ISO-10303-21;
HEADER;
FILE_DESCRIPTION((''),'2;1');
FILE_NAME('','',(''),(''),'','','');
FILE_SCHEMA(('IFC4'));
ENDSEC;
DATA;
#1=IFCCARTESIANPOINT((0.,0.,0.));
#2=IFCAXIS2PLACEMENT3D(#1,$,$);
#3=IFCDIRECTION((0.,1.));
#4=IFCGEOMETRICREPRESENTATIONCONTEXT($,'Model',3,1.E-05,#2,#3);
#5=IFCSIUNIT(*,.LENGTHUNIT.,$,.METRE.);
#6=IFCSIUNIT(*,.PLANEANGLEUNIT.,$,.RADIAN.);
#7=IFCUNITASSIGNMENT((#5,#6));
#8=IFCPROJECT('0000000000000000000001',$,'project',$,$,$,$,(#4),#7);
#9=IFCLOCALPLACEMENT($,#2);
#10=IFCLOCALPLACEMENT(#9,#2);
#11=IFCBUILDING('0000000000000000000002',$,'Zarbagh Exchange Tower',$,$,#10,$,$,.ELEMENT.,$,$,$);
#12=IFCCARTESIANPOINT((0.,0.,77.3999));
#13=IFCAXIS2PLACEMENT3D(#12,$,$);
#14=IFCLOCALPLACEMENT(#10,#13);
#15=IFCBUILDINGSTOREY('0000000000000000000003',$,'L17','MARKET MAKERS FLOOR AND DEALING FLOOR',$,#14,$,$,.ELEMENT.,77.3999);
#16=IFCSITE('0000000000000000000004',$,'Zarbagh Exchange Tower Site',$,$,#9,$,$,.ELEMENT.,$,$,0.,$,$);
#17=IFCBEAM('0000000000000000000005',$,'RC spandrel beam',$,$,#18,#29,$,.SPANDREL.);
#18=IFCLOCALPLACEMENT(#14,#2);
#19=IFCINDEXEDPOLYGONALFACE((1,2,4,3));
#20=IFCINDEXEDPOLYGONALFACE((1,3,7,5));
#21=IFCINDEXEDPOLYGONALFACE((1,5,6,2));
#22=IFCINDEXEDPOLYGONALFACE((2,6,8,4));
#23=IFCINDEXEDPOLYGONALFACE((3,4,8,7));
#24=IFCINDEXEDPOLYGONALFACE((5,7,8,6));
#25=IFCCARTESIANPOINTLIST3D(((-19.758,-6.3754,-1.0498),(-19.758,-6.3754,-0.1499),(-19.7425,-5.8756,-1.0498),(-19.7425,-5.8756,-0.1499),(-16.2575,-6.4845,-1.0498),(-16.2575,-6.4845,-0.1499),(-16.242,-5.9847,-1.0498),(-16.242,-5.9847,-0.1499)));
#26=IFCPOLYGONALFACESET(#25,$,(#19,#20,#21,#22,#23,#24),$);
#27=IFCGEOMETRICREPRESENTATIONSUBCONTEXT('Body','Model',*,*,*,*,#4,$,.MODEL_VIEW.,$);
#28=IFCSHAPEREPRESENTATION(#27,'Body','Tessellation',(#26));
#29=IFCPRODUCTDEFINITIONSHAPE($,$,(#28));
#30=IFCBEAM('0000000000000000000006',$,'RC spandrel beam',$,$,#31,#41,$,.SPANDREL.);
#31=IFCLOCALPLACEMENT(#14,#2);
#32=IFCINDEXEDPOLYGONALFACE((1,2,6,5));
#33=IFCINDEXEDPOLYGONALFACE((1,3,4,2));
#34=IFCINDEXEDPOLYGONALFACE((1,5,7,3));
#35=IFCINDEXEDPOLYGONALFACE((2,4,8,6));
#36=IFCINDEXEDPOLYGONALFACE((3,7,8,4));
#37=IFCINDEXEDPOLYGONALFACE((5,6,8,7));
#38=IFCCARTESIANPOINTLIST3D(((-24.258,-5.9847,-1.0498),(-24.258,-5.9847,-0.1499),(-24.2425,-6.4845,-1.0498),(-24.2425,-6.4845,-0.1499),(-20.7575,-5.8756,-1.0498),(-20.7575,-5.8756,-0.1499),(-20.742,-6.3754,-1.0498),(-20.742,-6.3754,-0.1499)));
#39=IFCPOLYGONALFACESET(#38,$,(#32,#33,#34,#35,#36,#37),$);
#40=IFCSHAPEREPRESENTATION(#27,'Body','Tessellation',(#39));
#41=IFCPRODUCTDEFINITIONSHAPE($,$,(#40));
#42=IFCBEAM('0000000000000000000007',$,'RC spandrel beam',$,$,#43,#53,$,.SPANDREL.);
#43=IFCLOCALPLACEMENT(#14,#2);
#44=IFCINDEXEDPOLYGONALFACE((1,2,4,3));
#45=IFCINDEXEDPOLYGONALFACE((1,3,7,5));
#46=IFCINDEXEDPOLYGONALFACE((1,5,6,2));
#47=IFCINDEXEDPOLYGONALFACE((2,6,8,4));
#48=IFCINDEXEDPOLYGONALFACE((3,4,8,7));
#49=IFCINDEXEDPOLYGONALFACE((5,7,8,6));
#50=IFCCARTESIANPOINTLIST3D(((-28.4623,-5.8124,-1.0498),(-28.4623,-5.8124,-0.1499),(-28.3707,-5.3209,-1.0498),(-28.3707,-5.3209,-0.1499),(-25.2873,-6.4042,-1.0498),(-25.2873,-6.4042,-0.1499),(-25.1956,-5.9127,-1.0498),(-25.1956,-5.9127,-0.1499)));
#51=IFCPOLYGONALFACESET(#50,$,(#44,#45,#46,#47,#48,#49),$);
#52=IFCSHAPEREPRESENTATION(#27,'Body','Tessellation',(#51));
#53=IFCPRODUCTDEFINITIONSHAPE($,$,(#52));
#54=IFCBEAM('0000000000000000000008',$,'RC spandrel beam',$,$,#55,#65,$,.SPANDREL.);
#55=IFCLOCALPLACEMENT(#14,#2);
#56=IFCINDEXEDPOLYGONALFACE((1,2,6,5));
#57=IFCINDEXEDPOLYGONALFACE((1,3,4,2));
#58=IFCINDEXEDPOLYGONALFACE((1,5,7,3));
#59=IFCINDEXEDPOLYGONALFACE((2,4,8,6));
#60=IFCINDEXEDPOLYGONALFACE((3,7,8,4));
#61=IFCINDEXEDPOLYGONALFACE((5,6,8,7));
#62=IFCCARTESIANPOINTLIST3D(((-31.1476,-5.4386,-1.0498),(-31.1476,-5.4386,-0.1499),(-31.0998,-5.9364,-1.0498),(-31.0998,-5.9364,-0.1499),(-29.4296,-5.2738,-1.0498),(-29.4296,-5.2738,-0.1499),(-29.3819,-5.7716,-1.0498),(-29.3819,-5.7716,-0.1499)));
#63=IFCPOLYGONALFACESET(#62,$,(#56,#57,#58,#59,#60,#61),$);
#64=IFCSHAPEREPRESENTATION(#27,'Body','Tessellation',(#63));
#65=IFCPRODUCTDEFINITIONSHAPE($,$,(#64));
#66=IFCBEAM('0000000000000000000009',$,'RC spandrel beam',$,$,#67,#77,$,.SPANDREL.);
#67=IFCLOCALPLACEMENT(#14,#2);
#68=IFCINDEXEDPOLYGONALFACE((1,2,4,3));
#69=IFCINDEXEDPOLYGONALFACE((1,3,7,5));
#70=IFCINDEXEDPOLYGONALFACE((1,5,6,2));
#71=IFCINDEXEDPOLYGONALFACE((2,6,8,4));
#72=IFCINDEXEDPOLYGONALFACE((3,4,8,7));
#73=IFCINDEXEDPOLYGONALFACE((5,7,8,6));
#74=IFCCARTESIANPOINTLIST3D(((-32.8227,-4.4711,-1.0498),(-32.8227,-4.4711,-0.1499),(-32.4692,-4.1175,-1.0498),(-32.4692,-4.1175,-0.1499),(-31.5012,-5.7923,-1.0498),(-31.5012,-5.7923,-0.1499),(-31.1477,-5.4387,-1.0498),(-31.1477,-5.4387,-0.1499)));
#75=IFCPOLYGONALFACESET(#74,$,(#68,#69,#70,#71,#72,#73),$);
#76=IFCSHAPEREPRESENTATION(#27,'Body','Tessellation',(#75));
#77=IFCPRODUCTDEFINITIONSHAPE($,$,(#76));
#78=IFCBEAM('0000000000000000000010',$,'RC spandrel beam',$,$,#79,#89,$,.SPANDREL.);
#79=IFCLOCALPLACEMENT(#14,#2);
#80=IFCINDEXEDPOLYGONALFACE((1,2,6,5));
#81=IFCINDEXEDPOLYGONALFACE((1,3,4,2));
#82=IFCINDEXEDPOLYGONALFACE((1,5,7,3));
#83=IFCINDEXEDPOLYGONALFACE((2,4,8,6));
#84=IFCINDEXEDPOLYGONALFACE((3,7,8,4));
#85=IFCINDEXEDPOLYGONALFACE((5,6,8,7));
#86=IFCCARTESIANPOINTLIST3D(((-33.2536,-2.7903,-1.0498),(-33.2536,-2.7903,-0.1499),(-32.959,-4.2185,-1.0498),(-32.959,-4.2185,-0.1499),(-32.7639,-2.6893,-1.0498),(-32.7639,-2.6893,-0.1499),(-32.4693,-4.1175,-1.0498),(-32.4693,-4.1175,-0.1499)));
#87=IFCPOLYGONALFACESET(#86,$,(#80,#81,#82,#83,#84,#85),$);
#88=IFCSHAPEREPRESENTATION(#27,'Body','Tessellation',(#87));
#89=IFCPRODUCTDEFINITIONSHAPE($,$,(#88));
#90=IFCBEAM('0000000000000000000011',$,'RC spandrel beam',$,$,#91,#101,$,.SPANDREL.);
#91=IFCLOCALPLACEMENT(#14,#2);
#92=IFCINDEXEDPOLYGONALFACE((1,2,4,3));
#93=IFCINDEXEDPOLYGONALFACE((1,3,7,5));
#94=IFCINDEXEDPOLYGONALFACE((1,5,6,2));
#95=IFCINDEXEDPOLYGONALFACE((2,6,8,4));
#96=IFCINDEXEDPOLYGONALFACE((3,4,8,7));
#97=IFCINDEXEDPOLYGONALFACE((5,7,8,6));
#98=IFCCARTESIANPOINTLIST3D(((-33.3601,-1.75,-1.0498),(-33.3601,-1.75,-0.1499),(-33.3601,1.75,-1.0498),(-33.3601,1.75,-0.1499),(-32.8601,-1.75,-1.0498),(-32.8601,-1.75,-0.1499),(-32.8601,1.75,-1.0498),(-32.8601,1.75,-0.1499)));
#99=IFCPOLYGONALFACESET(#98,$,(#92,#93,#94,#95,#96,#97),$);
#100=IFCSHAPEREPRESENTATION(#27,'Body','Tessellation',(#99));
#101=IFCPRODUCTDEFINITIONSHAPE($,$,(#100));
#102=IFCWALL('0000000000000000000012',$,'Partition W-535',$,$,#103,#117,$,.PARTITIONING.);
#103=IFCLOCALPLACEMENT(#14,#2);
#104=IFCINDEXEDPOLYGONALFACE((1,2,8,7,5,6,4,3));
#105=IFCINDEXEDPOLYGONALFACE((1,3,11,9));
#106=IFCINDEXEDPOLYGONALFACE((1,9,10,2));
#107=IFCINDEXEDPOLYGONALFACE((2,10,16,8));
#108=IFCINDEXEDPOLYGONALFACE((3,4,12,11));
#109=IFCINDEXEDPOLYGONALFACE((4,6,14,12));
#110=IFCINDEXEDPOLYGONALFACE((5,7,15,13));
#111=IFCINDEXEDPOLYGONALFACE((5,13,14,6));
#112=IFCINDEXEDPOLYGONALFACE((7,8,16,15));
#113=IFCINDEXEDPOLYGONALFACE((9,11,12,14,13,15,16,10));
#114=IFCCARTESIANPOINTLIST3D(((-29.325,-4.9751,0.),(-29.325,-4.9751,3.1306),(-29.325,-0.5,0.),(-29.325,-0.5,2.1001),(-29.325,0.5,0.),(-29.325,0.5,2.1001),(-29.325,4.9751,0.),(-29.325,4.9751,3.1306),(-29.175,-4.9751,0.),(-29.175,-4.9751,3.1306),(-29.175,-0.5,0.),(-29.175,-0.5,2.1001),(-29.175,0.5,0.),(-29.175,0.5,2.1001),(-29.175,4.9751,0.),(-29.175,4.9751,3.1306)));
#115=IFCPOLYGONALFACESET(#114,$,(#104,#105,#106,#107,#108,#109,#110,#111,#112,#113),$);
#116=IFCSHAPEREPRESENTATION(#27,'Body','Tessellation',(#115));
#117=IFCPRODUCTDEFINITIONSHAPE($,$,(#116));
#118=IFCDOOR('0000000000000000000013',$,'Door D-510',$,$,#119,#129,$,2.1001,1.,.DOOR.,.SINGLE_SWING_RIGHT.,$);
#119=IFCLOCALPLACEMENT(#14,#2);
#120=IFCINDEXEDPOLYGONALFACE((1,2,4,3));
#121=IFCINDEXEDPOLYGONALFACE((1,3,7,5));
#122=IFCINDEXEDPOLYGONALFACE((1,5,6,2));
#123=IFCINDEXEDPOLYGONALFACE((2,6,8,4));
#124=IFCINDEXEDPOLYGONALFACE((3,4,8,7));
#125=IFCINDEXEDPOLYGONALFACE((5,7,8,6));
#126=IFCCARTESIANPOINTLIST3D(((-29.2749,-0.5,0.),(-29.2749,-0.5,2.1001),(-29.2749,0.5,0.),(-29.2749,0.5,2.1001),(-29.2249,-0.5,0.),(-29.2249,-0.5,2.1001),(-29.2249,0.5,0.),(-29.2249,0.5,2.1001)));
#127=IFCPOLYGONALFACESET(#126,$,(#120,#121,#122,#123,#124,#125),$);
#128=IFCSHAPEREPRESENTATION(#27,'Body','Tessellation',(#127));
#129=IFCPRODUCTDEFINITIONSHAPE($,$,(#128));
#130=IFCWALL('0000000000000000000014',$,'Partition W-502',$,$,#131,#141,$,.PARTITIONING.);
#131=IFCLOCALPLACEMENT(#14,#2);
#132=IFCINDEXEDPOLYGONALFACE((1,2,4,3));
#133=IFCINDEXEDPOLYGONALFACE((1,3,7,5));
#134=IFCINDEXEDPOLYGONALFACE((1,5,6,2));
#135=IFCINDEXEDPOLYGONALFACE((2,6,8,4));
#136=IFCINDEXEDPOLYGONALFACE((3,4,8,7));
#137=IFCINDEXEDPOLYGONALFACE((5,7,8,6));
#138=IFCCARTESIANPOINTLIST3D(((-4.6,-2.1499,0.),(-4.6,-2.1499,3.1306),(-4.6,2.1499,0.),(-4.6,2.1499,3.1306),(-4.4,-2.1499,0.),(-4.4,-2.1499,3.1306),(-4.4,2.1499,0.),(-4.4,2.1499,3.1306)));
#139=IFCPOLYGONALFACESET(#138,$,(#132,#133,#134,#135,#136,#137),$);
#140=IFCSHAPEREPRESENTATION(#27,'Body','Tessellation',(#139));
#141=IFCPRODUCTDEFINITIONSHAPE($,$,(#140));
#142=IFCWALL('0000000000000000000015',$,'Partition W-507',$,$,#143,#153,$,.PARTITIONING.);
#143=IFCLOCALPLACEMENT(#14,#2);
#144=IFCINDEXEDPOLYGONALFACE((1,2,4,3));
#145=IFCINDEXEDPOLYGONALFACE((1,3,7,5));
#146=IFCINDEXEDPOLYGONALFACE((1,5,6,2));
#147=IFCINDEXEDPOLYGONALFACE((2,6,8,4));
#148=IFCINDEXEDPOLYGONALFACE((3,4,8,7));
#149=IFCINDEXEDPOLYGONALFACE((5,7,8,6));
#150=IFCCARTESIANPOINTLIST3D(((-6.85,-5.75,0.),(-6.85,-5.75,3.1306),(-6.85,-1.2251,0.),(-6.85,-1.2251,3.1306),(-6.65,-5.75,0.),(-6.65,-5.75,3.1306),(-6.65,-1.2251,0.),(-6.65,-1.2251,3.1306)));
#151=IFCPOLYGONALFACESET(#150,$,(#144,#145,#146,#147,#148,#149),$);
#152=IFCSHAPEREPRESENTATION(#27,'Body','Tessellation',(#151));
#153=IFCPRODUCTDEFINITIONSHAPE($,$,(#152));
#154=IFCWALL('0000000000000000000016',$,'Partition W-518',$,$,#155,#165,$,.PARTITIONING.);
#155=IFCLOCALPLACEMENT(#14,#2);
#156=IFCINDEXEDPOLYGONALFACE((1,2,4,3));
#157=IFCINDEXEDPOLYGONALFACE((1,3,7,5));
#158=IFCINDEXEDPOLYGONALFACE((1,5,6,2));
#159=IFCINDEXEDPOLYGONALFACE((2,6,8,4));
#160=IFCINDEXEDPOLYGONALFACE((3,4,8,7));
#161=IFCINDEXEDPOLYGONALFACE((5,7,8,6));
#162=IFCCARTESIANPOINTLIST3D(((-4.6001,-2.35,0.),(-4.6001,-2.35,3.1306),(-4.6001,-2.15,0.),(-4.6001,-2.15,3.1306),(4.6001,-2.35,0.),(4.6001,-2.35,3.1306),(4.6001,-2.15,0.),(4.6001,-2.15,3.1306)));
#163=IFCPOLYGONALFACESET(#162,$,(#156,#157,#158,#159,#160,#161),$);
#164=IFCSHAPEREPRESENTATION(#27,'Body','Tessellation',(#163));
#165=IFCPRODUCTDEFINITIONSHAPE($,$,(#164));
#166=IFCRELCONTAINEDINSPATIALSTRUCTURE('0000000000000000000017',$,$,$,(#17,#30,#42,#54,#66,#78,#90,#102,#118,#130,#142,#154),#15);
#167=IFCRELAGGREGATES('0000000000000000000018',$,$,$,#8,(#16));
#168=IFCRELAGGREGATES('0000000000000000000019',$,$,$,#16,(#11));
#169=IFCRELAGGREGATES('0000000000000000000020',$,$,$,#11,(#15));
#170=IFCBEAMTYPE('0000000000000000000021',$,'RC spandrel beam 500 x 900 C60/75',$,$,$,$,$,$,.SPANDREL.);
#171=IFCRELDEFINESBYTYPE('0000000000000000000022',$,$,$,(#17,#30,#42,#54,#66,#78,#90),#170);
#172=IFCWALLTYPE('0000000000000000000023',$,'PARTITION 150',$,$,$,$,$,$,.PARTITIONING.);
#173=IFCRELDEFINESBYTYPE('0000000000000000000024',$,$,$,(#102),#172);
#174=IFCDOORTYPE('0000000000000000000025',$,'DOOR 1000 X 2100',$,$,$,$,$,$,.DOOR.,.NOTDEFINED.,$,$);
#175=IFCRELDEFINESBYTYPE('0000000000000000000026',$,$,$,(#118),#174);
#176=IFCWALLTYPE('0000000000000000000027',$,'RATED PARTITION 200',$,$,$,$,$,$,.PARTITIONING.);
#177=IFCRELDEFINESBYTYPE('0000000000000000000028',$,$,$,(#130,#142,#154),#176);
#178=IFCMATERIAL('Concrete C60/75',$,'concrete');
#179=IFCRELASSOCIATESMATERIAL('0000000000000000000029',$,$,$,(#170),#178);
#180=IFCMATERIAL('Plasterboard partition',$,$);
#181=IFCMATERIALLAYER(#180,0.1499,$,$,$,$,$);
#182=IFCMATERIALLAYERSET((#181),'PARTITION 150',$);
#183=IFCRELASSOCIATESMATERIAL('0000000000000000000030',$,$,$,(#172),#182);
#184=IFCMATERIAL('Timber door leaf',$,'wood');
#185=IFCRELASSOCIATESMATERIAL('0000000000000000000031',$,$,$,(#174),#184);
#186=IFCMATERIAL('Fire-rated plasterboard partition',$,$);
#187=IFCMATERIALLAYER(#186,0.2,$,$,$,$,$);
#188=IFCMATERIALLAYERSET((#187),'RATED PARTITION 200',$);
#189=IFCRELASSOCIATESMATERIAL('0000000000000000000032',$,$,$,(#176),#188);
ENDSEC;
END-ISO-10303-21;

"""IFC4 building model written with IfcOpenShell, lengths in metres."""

from ifc_helpers import new_model, si_unit, direction, frame, frame_2d, origin, origin_2d, place, context, subcontext, project, spatial, rectangle, extrude, material, layer, layer_set, material_profile, profile_set, type_object, element, fill, save


model = new_model("IFC4")

# Units and contexts
model_context = context("Model", 3, precision=1e-05, world=origin(), true_north=direction((0.0, 1.0)))
body_context = subcontext(model_context, "Body", "Model", "MODEL_VIEW")
ifc_project = project(units=[si_unit("LENGTHUNIT", "METRE"), si_unit("PLANEANGLEUNIT", "RADIAN")], contexts=[model_context])

# Site, building, storey
site_placement = place(None, origin())
site = spatial("IfcSite", under=ifc_project, at=site_placement, Name="Zarbagh Exchange Tower Site", CompositionType="ELEMENT", RefElevation=0.0)
building_placement = place(site_placement, origin())
building = spatial("IfcBuilding", under=site, at=building_placement, Name="Zarbagh Exchange Tower", CompositionType="ELEMENT")
storey_placement = place(building_placement, frame((0.0, 0.0, 77.3999)))
storey = spatial("IfcBuildingStorey", under=building, at=storey_placement, Name="L17", Description="MARKET MAKERS FLOOR AND DEALING FLOOR", CompositionType="ELEMENT", Elevation=77.3999)

# Shared definitions
ifc_material_1 = material(Name="Concrete C60/75", Category="concrete")

# Beams
ifc_material_profile_1 = material_profile(ifc_material_1, rectangle(XDim=0.5, YDim=0.8999, at=origin_2d()), Name="RC spandrel beam 500 x 900 C60/75")
ifc_profile_set_1 = profile_set([ifc_material_profile_1], Name="Concrete C60/75")
beam_type_1 = type_object("IfcBeamType", Name="RC spandrel beam 500 x 900 C60/75", PredefinedType="SPANDREL", material=ifc_profile_set_1)
for number, where, z_axis, x_axis, name in (
    (1, (-16.2498, -6.2346, -0.5999), (-0.999514, 0.031161, 0.0), (-0.031161, -0.999514, 0.0), "RC spandrel beam"),
    (2, (-20.7498, -6.1255, -0.5999), (-0.999514, -0.031161, 0.0), (0.031161, -0.999514, 0.0), "RC spandrel beam"),
):
    element("IfcBeam", number, at=place(storey_placement, frame(where, z_axis=z_axis, x_axis=x_axis)), inside=storey, type_object=beam_type_1, Name=name, PredefinedType="SPANDREL", context=body_context, shape_type="SweptSolid", body=[
        extrude(rectangle(XDim=0.5, YDim=0.8999, at=origin_2d()), origin(), (0.0, 0.0, 1.0), 3.5022),
    ])
beam_1_placement = place(storey_placement, frame((-25.2415, -6.1584, -0.5999), z_axis=(-0.983069, 0.183234, 0.0), x_axis=(-0.183234, -0.983069, 0.0)))
element("IfcBeam", 3, at=beam_1_placement, inside=storey, type_object=beam_type_1, Name="RC spandrel beam", PredefinedType="SPANDREL", context=body_context, shape_type="SweptSolid", body=[
    extrude(rectangle(XDim=0.5, YDim=0.8999, at=origin_2d()), origin(), (0.0, 0.0, 1.0), 3.2297),
])
beam_2_placement = place(storey_placement, frame((-29.4058, -5.5227, -0.5999), z_axis=(-0.995431, -0.095483, 0.0), x_axis=(0.095483, -0.995431, 0.0)))
element("IfcBeam", 4, at=beam_2_placement, inside=storey, type_object=beam_type_1, Name="RC spandrel beam", PredefinedType="SPANDREL", context=body_context, shape_type="SweptSolid", body=[
    extrude(rectangle(XDim=0.5, YDim=0.8999, at=origin_2d()), origin(), (0.0, 0.0, 1.0), 1.7258),
])
beam_3_placement = place(storey_placement, frame((-31.3245, -5.6155, -0.5999), z_axis=(-0.707172, 0.707041, 0.0), x_axis=(-0.707041, -0.707172, 0.0)))
element("IfcBeam", 5, at=beam_3_placement, inside=storey, type_object=beam_type_1, Name="RC spandrel beam", PredefinedType="SPANDREL", context=body_context, shape_type="SweptSolid", body=[
    extrude(rectangle(XDim=0.5, YDim=0.8999, at=origin_2d()), origin(), (0.0, 0.0, 1.0), 1.8687),
])
beam_4_placement = place(storey_placement, frame((-32.7141, -4.168, -0.5999), z_axis=(-0.202069, 0.979371, 0.0), x_axis=(-0.979371, -0.202069, 0.0)))
element("IfcBeam", 6, at=beam_4_placement, inside=storey, type_object=beam_type_1, Name="RC spandrel beam", PredefinedType="SPANDREL", context=body_context, shape_type="SweptSolid", body=[
    extrude(rectangle(XDim=0.5, YDim=0.8999, at=origin_2d()), origin(), (0.0, 0.0, 1.0), 1.4583),
])
beam_5_placement = place(storey_placement, frame((-33.1101, -1.75, -0.5999), z_axis=(0.0, 1.0, 0.0), x_axis=(-1.0, 0.0, 0.0)))
element("IfcBeam", 7, at=beam_5_placement, inside=storey, type_object=beam_type_1, Name="RC spandrel beam", PredefinedType="SPANDREL", context=body_context, shape_type="SweptSolid", body=[
    extrude(rectangle(XDim=0.5, YDim=0.8999, at=origin_2d()), origin(), (0.0, 0.0, 1.0), 3.5),
])

# Wall, opening, door
ifc_material_2 = material(Name="Plasterboard partition")
ifc_layer_1 = layer(ifc_material_2, 0.1499)
ifc_layer_set_1 = layer_set([ifc_layer_1], Name="PARTITION 150")
wall_type_1 = type_object("IfcWallType", Name="PARTITION 150", PredefinedType="PARTITIONING", material=ifc_layer_set_1)
wall_1_placement = place(storey_placement, frame((-29.25, -4.9751, 0.0), z_axis=(0.0, 0.0, 1.0), x_axis=(0.0, 1.0, 0.0)))
wall_1 = element("IfcWall", 8, at=wall_1_placement, inside=storey, type_object=wall_type_1, Name="Partition W-535", PredefinedType="PARTITIONING", context=body_context, shape_type="SweptSolid", body=[
    extrude(rectangle(XDim=9.9502, YDim=0.1499, at=frame_2d((4.9751, 0.0))), origin(), (0.0, 0.0, 1.0), 3.1306),
])
opening_1_placement = place(wall_1_placement, frame((4.4751, 0.0, 0.0)))
opening_1 = element("IfcOpeningElement", 9, at=opening_1_placement, cuts=wall_1, PredefinedType="OPENING", context=body_context, shape_type="SweptSolid", body=[
    extrude(rectangle(XDim=1.0, YDim=2.1001, at=frame_2d((0.5, 1.05))), frame((0.0, 0.085, 0.0), z_axis=(0.0, -1.0, 0.0), x_axis=(1.0, 0.0, 0.0)), (0.0, 0.0, 1.0), 0.1699),
])
ifc_material_3 = material(Name="Timber door leaf", Category="wood")
door_type_1 = type_object("IfcDoorType", Name="DOOR 1000 X 2100", OperationType="NOTDEFINED", PredefinedType="DOOR", material=ifc_material_3)
door_1_placement = place(opening_1_placement, origin())
door_1 = element("IfcDoor", 10, at=door_1_placement, inside=storey, type_object=door_type_1, Name="Door D-510", OperationType="SINGLE_SWING_RIGHT", OverallHeight=2.1001, OverallWidth=1.0, PredefinedType="DOOR", context=body_context, shape_type="SweptSolid", body=[
    extrude(rectangle(XDim=1.0, YDim=2.1001, at=frame_2d((0.5, 1.05))), frame((0.0, 0.0249, 0.0), z_axis=(0.0, -1.0, 0.0), x_axis=(1.0, 0.0, 0.0)), (0.0, 0.0, 1.0), 0.05),
])
fill(opening_1, door_1)

# Walls
ifc_material_4 = material(Name="Fire-rated plasterboard partition")
ifc_layer_2 = layer(ifc_material_4, 0.2)
ifc_layer_set_2 = layer_set([ifc_layer_2], Name="RATED PARTITION 200")
wall_type_2 = type_object("IfcWallType", Name="RATED PARTITION 200", PredefinedType="PARTITIONING", material=ifc_layer_set_2)
wall_2_placement = place(storey_placement, frame((-4.5, -2.1499, 0.0), z_axis=(0.0, 0.0, 1.0), x_axis=(0.0, 1.0, 0.0)))
element("IfcWall", 11, at=wall_2_placement, inside=storey, type_object=wall_type_2, Name="Partition W-502", PredefinedType="PARTITIONING", context=body_context, shape_type="SweptSolid", body=[
    extrude(rectangle(XDim=4.2998, YDim=0.2, at=frame_2d((2.1499, 0.0))), origin(), (0.0, 0.0, 1.0), 3.1306),
])
wall_3_placement = place(storey_placement, frame((-6.75, -5.75, 0.0), z_axis=(0.0, 0.0, 1.0), x_axis=(0.0, 1.0, 0.0)))
element("IfcWall", 12, at=wall_3_placement, inside=storey, type_object=wall_type_2, Name="Partition W-507", PredefinedType="PARTITIONING", context=body_context, shape_type="SweptSolid", body=[
    extrude(rectangle(XDim=4.5249, YDim=0.2, at=frame_2d((2.2625, 0.0))), origin(), (0.0, 0.0, 1.0), 3.1306),
])
wall_4_placement = place(storey_placement, frame((-4.6001, -2.25, 0.0), z_axis=(0.0, 0.0, 1.0), x_axis=(1.0, 0.0, 0.0)))
element("IfcWall", 13, at=wall_4_placement, inside=storey, type_object=wall_type_2, Name="Partition W-518", PredefinedType="PARTITIONING", context=body_context, shape_type="SweptSolid", body=[
    extrude(rectangle(XDim=9.2002, YDim=0.2, at=frame_2d((4.6001, 0.0))), origin(), (0.0, 0.0, 1.0), 3.1306),
])

save(model, "model.ifc")
